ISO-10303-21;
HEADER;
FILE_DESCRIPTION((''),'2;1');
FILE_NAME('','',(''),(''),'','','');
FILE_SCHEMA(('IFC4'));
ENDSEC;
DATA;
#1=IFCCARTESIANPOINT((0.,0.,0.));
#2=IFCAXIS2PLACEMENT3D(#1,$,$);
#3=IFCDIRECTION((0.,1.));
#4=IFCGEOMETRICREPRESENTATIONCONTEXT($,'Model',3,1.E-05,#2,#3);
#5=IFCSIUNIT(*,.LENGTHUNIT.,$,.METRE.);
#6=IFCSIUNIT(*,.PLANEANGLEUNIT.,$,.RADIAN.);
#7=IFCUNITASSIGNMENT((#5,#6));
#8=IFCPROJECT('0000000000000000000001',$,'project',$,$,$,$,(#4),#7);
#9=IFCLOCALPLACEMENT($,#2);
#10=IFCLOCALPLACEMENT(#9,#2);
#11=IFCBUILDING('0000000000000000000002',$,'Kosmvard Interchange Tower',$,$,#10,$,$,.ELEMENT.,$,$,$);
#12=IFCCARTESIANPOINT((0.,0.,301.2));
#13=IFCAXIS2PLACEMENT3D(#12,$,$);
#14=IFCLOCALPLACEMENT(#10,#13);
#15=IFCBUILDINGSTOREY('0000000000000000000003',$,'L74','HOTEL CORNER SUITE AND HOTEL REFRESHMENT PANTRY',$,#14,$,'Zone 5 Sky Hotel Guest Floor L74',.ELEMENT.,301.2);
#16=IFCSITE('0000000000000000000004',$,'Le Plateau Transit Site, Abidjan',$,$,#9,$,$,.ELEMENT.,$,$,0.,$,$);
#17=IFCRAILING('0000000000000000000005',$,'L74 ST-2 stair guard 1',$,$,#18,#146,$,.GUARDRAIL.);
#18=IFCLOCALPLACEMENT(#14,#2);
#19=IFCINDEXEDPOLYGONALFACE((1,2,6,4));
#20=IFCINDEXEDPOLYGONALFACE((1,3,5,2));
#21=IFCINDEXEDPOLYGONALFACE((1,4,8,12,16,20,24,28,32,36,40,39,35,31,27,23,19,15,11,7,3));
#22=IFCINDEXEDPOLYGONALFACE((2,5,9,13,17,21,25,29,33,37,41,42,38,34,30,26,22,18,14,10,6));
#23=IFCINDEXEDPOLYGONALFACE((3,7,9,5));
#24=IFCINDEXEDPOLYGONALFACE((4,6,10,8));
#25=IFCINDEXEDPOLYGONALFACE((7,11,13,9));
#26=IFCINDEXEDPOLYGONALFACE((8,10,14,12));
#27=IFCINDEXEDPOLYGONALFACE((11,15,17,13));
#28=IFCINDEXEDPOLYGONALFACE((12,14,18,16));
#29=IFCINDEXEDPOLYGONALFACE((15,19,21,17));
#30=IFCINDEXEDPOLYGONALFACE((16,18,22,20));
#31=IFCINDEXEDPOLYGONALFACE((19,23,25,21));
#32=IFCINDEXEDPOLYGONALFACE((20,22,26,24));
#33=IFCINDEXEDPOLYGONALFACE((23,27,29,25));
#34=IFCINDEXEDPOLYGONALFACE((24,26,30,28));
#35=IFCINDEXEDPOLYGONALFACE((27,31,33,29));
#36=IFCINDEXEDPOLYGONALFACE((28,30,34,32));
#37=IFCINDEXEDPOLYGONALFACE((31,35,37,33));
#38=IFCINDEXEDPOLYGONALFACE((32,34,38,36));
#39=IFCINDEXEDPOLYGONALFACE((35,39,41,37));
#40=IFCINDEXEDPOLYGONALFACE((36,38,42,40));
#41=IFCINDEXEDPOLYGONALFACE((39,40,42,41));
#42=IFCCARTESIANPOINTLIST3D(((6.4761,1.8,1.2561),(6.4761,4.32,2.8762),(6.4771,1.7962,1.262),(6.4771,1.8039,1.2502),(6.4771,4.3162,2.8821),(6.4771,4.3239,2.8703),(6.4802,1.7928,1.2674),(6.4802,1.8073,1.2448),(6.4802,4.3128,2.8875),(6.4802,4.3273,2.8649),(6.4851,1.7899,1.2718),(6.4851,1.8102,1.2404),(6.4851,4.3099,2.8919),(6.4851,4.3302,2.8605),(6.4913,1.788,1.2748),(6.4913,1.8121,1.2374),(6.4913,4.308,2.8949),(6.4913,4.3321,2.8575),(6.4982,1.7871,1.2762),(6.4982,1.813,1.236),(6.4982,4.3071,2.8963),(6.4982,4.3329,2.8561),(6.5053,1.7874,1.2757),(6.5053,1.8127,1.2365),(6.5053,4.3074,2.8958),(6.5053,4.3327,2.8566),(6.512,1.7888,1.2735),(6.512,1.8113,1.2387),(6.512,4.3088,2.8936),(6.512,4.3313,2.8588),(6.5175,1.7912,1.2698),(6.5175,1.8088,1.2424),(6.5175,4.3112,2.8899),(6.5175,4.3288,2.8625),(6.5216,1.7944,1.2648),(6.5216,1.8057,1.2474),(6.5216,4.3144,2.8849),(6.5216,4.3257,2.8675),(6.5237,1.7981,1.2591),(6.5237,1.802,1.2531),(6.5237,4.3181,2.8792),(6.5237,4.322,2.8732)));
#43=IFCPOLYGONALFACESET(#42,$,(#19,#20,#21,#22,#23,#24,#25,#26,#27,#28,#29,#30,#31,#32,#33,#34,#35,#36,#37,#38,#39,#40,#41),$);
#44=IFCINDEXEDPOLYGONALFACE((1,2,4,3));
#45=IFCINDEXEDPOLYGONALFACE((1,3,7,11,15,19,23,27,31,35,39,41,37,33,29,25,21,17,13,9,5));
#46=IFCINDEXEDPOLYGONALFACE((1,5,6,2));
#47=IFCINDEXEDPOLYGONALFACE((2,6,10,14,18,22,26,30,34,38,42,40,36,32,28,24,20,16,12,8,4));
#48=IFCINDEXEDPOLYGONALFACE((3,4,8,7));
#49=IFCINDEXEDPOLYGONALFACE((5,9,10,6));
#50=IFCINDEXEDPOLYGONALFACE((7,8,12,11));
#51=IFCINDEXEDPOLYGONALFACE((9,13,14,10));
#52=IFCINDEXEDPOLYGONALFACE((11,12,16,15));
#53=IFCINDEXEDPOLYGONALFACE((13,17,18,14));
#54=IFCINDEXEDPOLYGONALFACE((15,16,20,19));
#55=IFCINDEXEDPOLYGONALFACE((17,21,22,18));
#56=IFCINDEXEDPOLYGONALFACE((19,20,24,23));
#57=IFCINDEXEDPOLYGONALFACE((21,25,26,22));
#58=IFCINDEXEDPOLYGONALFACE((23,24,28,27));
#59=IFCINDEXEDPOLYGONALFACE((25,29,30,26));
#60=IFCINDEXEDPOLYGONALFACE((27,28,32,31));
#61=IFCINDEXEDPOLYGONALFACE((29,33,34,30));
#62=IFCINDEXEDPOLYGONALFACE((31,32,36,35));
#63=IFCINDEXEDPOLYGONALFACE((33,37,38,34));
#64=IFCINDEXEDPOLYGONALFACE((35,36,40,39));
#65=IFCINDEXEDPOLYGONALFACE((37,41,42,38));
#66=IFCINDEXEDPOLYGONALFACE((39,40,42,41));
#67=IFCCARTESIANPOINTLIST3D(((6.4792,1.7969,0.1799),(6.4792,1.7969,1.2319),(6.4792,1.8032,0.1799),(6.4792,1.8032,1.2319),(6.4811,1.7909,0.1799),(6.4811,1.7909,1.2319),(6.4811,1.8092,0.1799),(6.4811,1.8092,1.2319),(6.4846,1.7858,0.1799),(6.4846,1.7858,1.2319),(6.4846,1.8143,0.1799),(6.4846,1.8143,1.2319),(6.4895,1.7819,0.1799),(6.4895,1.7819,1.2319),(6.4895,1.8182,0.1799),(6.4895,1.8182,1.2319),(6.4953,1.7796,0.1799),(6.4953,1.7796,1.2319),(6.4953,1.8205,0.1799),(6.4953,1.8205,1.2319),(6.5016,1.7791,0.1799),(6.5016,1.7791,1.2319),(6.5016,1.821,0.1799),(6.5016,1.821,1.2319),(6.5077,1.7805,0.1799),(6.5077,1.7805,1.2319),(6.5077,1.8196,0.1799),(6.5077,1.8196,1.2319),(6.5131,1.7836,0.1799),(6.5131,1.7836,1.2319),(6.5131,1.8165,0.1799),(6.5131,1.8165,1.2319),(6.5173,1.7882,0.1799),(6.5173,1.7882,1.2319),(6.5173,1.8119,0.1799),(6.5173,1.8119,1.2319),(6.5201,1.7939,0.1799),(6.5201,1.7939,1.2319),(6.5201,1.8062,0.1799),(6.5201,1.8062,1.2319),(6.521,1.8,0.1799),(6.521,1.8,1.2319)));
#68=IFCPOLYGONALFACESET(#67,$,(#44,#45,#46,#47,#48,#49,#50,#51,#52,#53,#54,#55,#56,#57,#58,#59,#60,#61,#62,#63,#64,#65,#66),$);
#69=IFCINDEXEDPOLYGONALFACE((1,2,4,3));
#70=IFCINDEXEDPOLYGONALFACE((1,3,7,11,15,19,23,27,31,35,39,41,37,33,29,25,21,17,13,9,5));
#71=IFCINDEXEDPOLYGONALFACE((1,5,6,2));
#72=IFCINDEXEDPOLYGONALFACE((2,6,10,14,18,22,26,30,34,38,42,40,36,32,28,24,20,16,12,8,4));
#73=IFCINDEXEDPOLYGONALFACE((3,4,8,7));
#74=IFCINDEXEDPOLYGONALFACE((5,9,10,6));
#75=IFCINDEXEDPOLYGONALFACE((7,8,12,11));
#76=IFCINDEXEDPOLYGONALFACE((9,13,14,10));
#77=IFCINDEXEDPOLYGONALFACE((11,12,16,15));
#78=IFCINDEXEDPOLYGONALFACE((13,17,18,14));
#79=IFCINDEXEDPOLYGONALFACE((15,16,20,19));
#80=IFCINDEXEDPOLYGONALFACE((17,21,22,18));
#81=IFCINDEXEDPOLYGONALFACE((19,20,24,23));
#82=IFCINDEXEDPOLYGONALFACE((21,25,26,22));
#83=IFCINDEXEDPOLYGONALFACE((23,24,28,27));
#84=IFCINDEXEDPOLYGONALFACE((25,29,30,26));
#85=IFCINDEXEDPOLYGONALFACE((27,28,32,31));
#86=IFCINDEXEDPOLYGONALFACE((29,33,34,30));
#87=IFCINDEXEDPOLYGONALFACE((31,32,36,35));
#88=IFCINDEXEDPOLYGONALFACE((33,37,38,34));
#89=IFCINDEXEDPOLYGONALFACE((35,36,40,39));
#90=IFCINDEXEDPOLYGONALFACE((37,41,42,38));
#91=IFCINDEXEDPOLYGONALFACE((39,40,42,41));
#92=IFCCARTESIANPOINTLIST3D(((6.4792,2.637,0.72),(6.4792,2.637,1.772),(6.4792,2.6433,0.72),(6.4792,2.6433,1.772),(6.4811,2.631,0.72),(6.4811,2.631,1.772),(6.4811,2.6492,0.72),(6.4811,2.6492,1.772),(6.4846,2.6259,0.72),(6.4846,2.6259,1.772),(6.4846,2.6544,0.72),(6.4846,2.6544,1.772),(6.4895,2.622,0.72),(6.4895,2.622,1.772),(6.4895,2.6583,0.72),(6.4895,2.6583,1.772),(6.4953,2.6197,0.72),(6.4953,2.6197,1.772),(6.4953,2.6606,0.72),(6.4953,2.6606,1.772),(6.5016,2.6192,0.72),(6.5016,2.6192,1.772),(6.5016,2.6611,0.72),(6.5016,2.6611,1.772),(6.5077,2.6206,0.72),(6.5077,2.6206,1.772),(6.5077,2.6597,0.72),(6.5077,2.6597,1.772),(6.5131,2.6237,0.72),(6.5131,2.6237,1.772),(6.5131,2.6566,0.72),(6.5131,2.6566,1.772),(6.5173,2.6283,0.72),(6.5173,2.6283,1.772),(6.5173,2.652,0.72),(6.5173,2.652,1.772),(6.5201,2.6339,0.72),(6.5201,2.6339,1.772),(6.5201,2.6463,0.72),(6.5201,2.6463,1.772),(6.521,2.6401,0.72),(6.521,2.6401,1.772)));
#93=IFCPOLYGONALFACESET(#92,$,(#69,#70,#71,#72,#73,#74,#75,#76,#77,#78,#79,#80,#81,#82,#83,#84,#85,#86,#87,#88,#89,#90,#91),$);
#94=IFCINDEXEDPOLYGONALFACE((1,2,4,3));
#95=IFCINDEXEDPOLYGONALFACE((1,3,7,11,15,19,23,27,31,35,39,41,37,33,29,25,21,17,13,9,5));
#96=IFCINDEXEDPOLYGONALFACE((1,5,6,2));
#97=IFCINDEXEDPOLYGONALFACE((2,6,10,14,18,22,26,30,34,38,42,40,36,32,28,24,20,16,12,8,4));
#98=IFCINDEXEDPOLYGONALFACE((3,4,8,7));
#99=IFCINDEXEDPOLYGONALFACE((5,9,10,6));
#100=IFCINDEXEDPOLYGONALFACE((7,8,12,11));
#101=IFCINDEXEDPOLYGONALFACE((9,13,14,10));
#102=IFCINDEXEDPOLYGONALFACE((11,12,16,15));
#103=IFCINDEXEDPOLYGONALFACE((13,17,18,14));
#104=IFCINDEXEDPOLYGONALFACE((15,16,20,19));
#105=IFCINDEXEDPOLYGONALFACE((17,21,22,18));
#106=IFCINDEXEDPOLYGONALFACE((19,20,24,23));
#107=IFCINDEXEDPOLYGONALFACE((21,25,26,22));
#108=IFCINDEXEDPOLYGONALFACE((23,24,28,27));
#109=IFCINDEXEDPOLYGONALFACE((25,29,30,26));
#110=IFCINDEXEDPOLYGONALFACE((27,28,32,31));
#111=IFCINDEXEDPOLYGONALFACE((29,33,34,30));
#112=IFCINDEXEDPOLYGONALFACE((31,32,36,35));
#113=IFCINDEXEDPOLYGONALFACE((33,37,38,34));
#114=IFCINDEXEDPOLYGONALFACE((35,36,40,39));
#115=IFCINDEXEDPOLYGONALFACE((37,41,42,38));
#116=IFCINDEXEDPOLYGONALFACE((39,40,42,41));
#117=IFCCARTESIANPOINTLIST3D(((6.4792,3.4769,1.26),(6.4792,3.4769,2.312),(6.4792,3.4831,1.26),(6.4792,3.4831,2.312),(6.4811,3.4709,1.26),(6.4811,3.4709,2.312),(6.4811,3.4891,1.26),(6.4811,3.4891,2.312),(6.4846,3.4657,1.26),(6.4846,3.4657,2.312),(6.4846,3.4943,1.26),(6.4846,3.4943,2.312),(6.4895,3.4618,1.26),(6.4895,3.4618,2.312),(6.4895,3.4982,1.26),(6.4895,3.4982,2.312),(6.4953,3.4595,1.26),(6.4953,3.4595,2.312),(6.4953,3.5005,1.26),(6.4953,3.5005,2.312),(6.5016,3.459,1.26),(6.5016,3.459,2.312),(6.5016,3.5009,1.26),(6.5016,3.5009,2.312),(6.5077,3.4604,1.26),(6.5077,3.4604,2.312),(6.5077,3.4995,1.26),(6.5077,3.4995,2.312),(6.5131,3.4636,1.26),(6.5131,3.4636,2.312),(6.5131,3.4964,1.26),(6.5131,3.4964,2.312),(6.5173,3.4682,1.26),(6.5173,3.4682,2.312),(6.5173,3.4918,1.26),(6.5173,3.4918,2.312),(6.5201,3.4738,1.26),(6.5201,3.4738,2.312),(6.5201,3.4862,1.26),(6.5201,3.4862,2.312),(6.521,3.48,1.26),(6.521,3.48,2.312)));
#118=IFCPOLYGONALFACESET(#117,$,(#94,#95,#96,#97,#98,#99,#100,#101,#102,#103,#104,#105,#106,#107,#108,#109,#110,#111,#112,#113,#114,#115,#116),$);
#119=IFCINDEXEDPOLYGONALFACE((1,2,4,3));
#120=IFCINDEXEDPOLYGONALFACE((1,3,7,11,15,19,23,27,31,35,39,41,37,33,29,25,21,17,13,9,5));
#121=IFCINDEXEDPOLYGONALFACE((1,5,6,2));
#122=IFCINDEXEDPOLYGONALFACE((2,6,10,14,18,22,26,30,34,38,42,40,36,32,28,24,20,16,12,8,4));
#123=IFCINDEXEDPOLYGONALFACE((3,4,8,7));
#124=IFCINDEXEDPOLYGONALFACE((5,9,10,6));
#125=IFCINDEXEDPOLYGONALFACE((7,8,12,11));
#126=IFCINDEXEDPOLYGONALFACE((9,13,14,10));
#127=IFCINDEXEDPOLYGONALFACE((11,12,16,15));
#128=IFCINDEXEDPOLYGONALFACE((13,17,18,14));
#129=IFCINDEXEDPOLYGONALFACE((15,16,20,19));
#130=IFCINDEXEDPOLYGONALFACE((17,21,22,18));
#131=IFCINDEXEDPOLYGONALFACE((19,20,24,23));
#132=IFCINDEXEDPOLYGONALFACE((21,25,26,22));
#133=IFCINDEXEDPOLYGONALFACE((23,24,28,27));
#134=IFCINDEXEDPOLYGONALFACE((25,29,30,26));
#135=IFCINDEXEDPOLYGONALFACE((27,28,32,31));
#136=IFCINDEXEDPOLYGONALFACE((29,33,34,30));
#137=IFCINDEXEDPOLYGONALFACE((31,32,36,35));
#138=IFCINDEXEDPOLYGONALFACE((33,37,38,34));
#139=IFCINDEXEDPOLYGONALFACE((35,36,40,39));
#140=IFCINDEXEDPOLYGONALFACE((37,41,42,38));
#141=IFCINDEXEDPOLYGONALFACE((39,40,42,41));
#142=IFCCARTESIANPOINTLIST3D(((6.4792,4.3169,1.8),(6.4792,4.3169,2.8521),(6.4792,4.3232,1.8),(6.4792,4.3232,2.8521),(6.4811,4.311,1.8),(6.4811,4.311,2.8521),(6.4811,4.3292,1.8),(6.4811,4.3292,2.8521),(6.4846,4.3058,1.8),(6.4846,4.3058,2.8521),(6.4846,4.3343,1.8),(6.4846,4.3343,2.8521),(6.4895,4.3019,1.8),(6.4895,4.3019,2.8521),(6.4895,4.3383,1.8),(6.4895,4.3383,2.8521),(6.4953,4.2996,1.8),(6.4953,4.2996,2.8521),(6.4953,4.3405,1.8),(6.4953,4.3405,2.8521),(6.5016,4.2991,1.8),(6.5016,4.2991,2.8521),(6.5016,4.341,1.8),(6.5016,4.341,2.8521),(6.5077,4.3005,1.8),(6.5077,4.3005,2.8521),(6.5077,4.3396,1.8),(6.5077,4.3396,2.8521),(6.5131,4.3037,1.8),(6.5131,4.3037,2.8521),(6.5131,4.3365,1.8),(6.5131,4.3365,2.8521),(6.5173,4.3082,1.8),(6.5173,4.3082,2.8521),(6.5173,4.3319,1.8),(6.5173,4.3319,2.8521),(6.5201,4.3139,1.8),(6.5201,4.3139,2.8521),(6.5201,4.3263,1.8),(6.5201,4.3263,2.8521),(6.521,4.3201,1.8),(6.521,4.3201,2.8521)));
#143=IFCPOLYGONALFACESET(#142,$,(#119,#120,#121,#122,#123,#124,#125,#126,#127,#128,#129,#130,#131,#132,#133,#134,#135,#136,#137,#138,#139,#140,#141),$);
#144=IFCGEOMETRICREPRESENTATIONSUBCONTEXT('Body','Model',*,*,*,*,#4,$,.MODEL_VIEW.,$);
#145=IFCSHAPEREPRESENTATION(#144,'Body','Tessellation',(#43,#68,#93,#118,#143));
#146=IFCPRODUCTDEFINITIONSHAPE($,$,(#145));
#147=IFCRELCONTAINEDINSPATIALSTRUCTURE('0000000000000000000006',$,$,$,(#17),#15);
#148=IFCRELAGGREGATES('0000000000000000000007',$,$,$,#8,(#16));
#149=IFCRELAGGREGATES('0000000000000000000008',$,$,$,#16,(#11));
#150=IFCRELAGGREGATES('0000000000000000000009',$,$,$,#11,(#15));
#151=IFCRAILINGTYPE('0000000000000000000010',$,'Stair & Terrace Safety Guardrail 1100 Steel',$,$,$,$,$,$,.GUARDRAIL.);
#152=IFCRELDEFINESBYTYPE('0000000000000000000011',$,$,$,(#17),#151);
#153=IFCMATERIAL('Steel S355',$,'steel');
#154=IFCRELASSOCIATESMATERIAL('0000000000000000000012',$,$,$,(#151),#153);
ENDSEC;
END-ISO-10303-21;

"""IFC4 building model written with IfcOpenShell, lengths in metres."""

from ifc_helpers import new_model, si_unit, direction, frame, origin, origin_2d, place, context, subcontext, project, spatial, circle, extrude, source, transform, mapped, material, type_object, element, save


model = new_model("IFC4")

# Units and contexts
model_context = context("Model", 3, precision=1e-05, world=origin(), true_north=direction((0.0, 1.0)))
body_context = subcontext(model_context, "Body", "Model", "MODEL_VIEW")
ifc_project = project(units=[si_unit("LENGTHUNIT", "METRE"), si_unit("PLANEANGLEUNIT", "RADIAN")], contexts=[model_context])

# Site, building, storey
site_placement = place(None, origin())
site = spatial("IfcSite", under=ifc_project, at=site_placement, Name="Le Plateau Transit Site, Abidjan", CompositionType="ELEMENT", RefElevation=0.0)
building_placement = place(site_placement, origin())
building = spatial("IfcBuilding", under=site, at=building_placement, Name="Kosmvard Interchange Tower", CompositionType="ELEMENT")
storey_placement = place(building_placement, frame((0.0, 0.0, 301.2)))
storey = spatial("IfcBuildingStorey", under=building, at=storey_placement, Name="L74", Description="HOTEL CORNER SUITE AND HOTEL REFRESHMENT PANTRY", LongName="Zone 5 Sky Hotel Guest Floor L74", CompositionType="ELEMENT", Elevation=301.2)

# Shared definitions
ifc_material_1 = material(Name="Steel S355", Category="steel")

# Railing
railing_type_1 = type_object("IfcRailingType", Name="Stair & Terrace Safety Guardrail 1100 Steel", PredefinedType="GUARDRAIL", material=ifc_material_1)
shared_shape_1 = source(origin(), body_context, "Body", "SweptSolid", [
    extrude(circle(Radius=0.0239, at=origin_2d()), frame((0.0, 0.0, 1.0762), z_axis=(0.0, 0.841163, 0.540782), x_axis=(-1.0, 0.0, 0.0)), (0.0, 0.0, 1.0), 2.9958),
    extrude(circle(Radius=0.021, at=origin_2d()), origin(), (0.0, 0.0, 1.0), 1.052),
    extrude(circle(Radius=0.021, at=origin_2d()), frame((0.0, 0.8401, 0.54)), (0.0, 0.0, 1.0), 1.052),
    extrude(circle(Radius=0.021, at=origin_2d()), frame((0.0, 1.6799, 1.0801)), (0.0, 0.0, 1.0), 1.052),
    extrude(circle(Radius=0.021, at=origin_2d()), frame((0.0, 2.52, 1.6201)), (0.0, 0.0, 1.0), 1.052),
])
railing_1_placement = place(storey_placement, frame((6.5, 1.8, 0.1799)))
element("IfcRailing", 1, at=railing_1_placement, inside=storey, type_object=railing_type_1, Name="L74 ST-2 stair guard 1", PredefinedType="GUARDRAIL", context=body_context, shape_type="MappedRepresentation", body=[
    mapped(shared_shape_1, transform((0.0, 0.0, 0.0), scale=1.0)),
])

save(model, "model.ifc")
